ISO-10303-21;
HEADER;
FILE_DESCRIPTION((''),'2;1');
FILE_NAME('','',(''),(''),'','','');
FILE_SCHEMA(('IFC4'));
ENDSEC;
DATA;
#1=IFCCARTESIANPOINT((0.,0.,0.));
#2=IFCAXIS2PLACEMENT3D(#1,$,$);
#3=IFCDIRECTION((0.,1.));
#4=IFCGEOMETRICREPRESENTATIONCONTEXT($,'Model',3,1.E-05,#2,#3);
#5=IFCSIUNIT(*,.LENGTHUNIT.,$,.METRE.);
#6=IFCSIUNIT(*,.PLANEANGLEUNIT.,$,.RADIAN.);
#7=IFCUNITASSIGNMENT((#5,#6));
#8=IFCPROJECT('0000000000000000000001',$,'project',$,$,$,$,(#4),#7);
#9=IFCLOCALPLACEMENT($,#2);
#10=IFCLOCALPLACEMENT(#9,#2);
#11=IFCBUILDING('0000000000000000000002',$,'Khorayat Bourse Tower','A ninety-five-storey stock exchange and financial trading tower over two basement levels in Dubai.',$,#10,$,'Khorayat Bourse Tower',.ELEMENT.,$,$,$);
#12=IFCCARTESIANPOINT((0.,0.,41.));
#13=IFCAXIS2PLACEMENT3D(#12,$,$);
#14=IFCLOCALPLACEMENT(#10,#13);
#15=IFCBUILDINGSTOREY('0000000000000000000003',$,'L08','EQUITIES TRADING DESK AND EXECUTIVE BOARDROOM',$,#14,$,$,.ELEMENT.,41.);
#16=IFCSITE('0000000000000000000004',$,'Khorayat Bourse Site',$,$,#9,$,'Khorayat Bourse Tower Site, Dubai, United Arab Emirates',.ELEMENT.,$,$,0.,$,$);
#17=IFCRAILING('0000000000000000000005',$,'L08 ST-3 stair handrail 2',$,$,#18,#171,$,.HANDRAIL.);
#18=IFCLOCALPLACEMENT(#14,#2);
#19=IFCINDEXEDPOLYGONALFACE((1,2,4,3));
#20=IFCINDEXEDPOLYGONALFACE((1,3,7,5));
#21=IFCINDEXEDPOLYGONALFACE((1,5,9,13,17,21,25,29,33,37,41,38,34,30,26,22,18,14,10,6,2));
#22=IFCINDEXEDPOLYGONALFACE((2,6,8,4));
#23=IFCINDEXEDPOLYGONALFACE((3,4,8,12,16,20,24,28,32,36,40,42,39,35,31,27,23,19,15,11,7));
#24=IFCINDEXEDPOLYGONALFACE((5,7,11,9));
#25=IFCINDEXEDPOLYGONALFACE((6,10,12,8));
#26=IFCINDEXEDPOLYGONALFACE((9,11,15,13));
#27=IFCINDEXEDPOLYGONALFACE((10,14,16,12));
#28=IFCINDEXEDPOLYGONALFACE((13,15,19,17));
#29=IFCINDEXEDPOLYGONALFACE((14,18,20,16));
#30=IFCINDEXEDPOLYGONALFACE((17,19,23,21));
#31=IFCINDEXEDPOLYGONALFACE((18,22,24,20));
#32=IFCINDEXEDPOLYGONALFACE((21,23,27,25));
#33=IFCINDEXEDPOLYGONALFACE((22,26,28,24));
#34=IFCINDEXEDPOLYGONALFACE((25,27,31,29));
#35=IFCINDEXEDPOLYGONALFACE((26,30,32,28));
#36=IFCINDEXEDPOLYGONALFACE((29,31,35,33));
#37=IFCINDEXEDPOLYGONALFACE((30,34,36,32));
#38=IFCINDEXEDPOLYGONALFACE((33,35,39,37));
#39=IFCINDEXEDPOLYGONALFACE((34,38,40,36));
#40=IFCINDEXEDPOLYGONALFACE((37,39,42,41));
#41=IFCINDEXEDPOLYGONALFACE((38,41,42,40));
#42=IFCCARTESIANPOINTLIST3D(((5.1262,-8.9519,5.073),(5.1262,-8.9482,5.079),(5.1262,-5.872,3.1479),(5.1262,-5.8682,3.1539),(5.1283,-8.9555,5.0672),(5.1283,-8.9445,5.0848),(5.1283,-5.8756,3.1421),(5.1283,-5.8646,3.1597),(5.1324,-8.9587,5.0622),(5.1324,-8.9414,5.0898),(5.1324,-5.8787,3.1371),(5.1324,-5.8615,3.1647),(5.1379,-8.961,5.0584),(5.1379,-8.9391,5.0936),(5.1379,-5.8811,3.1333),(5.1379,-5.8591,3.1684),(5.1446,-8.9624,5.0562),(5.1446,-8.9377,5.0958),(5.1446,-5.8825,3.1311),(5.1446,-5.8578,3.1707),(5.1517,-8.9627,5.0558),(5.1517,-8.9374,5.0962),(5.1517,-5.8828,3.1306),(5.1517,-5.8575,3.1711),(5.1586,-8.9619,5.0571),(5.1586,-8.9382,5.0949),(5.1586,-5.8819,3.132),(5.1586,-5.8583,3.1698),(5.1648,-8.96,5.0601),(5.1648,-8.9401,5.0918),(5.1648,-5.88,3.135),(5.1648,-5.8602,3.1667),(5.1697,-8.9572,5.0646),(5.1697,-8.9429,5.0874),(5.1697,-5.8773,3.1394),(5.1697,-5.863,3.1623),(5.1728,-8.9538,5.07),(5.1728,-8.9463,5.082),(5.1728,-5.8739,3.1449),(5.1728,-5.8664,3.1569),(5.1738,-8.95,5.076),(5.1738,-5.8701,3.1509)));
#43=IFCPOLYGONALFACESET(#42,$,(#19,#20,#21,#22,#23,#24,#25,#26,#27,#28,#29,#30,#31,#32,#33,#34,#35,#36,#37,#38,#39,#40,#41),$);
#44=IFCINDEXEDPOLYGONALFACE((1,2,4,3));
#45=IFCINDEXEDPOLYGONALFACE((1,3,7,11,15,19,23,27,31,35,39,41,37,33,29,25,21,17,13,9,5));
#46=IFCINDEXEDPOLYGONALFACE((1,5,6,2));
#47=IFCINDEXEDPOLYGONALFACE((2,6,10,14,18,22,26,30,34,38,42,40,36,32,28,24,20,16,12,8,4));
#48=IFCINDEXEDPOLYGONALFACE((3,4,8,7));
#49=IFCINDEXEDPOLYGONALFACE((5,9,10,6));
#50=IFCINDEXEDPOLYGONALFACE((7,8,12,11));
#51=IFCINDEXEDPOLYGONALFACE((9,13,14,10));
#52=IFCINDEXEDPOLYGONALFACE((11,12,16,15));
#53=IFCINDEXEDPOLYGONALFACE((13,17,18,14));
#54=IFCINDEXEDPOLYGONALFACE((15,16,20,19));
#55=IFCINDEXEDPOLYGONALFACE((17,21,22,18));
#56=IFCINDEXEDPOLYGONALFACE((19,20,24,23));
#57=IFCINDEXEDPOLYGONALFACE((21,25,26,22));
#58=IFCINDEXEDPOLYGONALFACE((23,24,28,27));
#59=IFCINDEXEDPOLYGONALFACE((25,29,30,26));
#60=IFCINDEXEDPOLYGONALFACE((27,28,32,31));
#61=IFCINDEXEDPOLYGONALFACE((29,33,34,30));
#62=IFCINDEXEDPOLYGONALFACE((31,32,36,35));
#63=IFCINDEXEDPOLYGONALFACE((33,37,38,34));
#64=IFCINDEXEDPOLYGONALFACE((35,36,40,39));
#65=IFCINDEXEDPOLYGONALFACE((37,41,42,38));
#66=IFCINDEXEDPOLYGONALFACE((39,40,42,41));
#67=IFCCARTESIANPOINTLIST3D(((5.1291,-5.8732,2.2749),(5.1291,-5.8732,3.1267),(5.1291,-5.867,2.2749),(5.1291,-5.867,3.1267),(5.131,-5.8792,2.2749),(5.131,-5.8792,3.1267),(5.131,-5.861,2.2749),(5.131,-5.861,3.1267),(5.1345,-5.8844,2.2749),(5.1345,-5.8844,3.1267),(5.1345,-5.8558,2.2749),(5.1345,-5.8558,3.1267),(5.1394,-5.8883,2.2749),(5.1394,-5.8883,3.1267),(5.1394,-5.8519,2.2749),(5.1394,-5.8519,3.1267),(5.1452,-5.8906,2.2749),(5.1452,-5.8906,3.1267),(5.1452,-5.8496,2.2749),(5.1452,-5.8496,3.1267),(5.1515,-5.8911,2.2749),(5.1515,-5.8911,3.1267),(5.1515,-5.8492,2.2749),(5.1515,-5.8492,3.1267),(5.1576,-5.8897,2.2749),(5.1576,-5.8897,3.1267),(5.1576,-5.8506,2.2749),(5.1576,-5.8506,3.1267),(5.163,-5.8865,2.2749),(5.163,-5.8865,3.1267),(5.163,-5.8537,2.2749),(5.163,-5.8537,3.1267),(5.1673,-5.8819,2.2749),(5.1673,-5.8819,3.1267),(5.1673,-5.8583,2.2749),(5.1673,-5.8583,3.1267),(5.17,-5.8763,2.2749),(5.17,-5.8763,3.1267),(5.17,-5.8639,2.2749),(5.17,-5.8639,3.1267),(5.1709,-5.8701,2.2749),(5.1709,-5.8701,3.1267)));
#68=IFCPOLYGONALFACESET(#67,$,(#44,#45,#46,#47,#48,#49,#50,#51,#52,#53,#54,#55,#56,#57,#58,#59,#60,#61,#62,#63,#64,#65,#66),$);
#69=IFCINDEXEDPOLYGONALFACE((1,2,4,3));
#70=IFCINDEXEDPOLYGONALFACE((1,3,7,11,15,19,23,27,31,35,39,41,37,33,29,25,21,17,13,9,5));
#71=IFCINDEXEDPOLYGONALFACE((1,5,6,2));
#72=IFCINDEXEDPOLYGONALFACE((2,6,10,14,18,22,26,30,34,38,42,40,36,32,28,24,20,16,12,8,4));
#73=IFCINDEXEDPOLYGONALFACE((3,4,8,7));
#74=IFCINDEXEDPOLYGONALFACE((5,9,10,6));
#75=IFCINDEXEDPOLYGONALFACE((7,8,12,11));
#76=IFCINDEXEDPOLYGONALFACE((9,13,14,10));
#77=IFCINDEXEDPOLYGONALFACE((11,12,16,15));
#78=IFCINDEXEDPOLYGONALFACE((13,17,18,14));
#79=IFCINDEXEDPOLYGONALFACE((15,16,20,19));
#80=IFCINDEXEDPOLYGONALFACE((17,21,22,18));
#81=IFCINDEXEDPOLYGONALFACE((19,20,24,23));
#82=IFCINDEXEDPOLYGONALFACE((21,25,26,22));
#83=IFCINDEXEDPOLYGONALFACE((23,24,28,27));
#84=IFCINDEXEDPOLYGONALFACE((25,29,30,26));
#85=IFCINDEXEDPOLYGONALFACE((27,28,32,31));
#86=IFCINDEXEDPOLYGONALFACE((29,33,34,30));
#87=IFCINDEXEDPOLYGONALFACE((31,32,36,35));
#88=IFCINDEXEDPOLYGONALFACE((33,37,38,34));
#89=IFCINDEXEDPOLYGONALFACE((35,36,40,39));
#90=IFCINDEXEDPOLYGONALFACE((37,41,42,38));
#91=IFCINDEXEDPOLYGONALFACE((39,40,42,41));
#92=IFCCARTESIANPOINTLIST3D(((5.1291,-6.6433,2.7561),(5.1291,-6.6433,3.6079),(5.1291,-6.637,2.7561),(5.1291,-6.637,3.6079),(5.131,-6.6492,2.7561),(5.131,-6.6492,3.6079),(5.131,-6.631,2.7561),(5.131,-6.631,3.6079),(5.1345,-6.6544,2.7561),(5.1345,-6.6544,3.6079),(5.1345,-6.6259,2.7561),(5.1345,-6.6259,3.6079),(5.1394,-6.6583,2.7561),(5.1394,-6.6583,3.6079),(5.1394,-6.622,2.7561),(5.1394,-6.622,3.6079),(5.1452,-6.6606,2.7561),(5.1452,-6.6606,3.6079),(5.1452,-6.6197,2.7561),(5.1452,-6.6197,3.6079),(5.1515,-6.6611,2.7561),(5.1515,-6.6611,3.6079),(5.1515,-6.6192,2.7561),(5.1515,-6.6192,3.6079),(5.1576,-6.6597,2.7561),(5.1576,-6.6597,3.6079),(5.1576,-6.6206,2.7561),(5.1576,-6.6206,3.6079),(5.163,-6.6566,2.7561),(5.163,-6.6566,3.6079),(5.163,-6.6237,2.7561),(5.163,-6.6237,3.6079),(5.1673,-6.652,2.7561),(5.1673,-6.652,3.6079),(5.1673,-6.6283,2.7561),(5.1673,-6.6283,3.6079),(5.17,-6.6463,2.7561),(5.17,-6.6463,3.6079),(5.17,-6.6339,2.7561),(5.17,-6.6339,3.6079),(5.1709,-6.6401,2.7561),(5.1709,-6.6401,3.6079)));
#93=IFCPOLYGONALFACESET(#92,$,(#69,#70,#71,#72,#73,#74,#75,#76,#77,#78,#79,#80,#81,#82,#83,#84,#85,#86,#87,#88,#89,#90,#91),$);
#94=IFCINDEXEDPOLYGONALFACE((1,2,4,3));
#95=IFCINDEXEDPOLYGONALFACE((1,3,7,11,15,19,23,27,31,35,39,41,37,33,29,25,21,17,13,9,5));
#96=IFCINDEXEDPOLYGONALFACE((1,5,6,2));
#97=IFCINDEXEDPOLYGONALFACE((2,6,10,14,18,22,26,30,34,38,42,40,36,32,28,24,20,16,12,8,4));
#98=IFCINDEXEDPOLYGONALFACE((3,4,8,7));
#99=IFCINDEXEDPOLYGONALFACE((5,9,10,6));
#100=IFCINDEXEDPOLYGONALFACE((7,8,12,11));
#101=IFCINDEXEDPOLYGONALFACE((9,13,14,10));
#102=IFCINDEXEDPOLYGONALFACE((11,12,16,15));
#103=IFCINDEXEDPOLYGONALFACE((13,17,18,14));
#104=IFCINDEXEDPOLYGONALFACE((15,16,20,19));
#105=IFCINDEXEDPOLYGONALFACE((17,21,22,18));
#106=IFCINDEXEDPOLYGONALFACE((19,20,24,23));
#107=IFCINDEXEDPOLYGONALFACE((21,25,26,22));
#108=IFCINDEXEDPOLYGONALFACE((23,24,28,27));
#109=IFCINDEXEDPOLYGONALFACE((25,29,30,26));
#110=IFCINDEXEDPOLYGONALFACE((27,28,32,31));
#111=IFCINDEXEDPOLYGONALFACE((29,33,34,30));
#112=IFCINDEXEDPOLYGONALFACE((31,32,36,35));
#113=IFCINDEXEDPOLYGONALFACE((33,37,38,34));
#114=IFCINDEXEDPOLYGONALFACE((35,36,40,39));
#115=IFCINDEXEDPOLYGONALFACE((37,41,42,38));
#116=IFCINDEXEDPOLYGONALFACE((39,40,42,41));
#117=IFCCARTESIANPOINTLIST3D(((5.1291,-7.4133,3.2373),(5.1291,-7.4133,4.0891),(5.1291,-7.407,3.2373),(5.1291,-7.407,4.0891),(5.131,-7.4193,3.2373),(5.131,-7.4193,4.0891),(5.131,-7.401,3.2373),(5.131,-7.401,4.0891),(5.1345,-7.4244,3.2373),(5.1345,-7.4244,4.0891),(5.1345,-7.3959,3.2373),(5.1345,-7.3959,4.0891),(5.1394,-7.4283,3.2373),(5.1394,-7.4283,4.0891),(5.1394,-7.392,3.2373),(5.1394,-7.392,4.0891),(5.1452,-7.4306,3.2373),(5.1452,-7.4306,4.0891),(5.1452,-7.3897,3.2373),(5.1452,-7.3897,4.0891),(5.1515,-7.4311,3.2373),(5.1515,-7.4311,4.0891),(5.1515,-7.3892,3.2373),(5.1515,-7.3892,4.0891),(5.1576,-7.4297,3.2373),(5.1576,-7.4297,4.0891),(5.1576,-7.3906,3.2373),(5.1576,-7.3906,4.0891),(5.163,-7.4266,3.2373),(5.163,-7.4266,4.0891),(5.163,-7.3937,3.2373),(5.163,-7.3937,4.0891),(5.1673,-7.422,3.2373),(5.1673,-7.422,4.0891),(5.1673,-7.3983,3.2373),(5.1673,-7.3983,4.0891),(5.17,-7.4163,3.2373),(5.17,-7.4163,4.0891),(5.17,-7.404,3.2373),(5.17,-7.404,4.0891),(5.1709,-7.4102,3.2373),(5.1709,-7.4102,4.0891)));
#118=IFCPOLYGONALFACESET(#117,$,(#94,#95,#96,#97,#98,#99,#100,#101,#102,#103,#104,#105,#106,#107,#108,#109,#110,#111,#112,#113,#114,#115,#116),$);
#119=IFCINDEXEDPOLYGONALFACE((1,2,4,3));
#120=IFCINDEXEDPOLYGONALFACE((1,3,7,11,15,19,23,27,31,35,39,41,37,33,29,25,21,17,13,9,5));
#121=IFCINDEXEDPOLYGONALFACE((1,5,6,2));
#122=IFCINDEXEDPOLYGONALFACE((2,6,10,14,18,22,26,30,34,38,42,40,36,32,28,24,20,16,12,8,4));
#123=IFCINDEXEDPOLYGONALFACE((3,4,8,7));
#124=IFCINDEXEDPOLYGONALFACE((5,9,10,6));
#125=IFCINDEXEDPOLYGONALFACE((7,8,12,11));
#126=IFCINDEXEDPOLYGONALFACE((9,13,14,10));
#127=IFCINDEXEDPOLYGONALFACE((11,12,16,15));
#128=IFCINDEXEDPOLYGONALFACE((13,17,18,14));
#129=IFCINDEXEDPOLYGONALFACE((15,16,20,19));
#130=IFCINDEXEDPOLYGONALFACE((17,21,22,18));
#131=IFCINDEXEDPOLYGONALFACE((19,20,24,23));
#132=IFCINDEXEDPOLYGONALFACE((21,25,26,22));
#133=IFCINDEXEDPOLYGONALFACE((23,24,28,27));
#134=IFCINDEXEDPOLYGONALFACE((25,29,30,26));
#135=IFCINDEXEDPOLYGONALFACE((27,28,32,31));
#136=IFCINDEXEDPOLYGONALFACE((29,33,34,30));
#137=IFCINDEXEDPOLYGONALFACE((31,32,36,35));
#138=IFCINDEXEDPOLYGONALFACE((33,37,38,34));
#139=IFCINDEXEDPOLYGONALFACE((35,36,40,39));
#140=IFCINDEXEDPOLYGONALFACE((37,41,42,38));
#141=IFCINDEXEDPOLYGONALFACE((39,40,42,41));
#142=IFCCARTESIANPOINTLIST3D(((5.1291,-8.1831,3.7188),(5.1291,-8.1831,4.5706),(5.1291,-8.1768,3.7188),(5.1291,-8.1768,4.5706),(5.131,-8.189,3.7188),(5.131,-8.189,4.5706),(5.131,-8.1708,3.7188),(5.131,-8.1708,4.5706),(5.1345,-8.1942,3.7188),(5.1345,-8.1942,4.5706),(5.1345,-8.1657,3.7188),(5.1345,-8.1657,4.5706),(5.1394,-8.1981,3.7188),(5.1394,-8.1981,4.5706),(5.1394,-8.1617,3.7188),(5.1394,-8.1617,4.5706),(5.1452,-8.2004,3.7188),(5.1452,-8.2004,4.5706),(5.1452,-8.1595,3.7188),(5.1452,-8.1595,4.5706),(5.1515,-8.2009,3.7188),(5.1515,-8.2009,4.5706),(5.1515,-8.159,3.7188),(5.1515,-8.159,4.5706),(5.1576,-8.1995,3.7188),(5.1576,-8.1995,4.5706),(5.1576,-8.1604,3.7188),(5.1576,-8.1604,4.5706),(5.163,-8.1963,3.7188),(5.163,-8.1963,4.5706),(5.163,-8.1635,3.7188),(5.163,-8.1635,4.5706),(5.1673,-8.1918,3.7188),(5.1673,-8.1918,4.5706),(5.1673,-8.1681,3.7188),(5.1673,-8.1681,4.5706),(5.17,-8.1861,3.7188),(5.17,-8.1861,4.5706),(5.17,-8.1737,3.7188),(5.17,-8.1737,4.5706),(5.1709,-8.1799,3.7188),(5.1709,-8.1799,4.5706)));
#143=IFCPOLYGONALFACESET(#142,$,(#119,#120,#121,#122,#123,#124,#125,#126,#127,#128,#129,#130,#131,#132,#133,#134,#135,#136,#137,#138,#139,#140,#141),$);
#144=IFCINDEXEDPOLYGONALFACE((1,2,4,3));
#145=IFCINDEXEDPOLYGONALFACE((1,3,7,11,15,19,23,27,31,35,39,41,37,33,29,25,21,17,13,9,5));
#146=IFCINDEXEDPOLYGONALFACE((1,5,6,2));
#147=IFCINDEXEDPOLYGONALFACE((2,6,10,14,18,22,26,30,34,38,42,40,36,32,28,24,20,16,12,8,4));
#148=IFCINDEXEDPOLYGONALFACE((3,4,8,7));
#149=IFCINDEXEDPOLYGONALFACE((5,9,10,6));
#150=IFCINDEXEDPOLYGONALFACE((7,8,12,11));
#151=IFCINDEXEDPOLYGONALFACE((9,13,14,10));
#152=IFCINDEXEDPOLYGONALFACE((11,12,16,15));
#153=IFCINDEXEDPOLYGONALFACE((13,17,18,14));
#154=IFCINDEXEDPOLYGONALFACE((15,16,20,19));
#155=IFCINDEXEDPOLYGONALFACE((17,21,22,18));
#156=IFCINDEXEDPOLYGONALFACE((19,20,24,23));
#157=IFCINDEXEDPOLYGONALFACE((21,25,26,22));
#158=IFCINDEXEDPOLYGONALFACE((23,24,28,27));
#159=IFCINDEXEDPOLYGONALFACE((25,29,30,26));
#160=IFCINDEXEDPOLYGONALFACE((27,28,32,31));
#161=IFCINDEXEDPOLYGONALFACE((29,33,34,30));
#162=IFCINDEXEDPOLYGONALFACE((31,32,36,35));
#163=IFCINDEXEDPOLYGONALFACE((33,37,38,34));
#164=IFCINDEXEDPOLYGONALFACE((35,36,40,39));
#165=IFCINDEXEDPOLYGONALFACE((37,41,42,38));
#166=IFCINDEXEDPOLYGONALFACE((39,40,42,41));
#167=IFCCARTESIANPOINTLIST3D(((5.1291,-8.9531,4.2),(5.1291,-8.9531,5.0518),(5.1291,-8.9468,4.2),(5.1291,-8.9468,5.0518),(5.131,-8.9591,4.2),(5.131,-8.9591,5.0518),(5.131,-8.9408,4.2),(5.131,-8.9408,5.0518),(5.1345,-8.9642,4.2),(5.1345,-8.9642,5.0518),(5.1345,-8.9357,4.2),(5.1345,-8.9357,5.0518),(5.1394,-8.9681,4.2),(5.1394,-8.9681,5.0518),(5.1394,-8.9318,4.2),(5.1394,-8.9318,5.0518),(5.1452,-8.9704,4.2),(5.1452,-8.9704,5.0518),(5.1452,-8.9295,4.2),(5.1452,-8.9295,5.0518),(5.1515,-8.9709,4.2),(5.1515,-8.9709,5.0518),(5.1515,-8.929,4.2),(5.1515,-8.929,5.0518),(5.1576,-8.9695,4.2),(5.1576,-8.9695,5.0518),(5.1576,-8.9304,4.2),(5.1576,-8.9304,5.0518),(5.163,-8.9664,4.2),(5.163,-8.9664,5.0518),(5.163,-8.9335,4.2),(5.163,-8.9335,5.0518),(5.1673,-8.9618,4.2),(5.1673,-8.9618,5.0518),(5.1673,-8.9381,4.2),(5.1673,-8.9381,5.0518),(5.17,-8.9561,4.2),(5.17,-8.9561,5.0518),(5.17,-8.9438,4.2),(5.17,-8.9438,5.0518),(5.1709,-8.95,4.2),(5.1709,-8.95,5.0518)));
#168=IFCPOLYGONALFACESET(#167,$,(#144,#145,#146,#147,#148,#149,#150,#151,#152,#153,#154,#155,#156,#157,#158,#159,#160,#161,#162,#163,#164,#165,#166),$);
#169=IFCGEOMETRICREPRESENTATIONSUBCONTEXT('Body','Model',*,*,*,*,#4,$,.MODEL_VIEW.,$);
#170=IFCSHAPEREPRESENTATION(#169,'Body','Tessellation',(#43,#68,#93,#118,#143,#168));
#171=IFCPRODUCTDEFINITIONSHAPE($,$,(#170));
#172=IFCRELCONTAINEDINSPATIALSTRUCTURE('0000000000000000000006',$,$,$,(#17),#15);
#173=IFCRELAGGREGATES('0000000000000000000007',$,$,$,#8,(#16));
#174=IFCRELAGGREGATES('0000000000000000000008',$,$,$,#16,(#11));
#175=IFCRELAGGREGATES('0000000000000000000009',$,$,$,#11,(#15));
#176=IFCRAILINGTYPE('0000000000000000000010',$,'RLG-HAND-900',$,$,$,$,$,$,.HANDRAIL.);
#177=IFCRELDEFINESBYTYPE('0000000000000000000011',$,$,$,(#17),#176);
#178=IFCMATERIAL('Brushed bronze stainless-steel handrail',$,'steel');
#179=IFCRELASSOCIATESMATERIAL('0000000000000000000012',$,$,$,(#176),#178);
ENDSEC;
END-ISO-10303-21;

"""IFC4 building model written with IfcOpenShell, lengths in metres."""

from ifc_helpers import new_model, si_unit, direction, frame, origin, origin_2d, place, context, subcontext, project, spatial, circle, extrude, source, transform, mapped, material, type_object, element, save


model = new_model("IFC4")

# Units and contexts
model_context = context("Model", 3, precision=1e-05, world=origin(), true_north=direction((0.0, 1.0)))
body_context = subcontext(model_context, "Body", "Model", "MODEL_VIEW")
ifc_project = project(units=[si_unit("LENGTHUNIT", "METRE"), si_unit("PLANEANGLEUNIT", "RADIAN")], contexts=[model_context])

# Site, building, storey
site_placement = place(None, origin())
site = spatial("IfcSite", under=ifc_project, at=site_placement, Name="Khorayat Bourse Site", LongName="Khorayat Bourse Tower Site, Dubai, United Arab Emirates", CompositionType="ELEMENT", RefElevation=0.0)
building_placement = place(site_placement, origin())
building = spatial("IfcBuilding", under=site, at=building_placement, Name="Khorayat Bourse Tower", Description="A ninety-five-storey stock exchange and financial trading tower over two basement levels in Dubai.", LongName="Khorayat Bourse Tower", CompositionType="ELEMENT")
storey_placement = place(building_placement, frame((0.0, 0.0, 41.0)))
storey = spatial("IfcBuildingStorey", under=building, at=storey_placement, Name="L08", Description="EQUITIES TRADING DESK AND EXECUTIVE BOARDROOM", CompositionType="ELEMENT", Elevation=41.0)

# Railing
ifc_material_1 = material(Name="Brushed bronze stainless-steel handrail", Category="steel")
railing_type_1 = type_object("IfcRailingType", Name="RLG-HAND-900", PredefinedType="HANDRAIL", material=ifc_material_1)
shared_shape_1 = source(origin(), body_context, "Body", "SweptSolid", [
    extrude(circle(Radius=0.0239, at=origin_2d()), frame((0.0, 0.0, 0.876), z_axis=(0.0, -0.847979, 0.530029), x_axis=(1.0, 0.0, 0.0)), (0.0, 0.0, 1.0), 3.6321),
    extrude(circle(Radius=0.021, at=origin_2d()), origin(), (0.0, 0.0, 1.0), 0.8518),
    extrude(circle(Radius=0.021, at=origin_2d()), frame((0.0, -0.77, 0.4812)), (0.0, 0.0, 1.0), 0.8518),
    extrude(circle(Radius=0.021, at=origin_2d()), frame((0.0, -1.54, 0.9624)), (0.0, 0.0, 1.0), 0.8518),
    extrude(circle(Radius=0.021, at=origin_2d()), frame((0.0, -2.3098, 1.4438)), (0.0, 0.0, 1.0), 0.8518),
    extrude(circle(Radius=0.021, at=origin_2d()), frame((0.0, -3.0798, 1.925)), (0.0, 0.0, 1.0), 0.8518),
])
railing_1_placement = place(storey_placement, frame((5.1499, -5.8701, 2.2749)))
element("IfcRailing", 1, at=railing_1_placement, inside=storey, type_object=railing_type_1, Name="L08 ST-3 stair handrail 2", PredefinedType="HANDRAIL", context=body_context, shape_type="MappedRepresentation", body=[
    mapped(shared_shape_1, transform((0.0, 0.0, 0.0), scale=1.0)),
])

save(model, "model.ifc")
